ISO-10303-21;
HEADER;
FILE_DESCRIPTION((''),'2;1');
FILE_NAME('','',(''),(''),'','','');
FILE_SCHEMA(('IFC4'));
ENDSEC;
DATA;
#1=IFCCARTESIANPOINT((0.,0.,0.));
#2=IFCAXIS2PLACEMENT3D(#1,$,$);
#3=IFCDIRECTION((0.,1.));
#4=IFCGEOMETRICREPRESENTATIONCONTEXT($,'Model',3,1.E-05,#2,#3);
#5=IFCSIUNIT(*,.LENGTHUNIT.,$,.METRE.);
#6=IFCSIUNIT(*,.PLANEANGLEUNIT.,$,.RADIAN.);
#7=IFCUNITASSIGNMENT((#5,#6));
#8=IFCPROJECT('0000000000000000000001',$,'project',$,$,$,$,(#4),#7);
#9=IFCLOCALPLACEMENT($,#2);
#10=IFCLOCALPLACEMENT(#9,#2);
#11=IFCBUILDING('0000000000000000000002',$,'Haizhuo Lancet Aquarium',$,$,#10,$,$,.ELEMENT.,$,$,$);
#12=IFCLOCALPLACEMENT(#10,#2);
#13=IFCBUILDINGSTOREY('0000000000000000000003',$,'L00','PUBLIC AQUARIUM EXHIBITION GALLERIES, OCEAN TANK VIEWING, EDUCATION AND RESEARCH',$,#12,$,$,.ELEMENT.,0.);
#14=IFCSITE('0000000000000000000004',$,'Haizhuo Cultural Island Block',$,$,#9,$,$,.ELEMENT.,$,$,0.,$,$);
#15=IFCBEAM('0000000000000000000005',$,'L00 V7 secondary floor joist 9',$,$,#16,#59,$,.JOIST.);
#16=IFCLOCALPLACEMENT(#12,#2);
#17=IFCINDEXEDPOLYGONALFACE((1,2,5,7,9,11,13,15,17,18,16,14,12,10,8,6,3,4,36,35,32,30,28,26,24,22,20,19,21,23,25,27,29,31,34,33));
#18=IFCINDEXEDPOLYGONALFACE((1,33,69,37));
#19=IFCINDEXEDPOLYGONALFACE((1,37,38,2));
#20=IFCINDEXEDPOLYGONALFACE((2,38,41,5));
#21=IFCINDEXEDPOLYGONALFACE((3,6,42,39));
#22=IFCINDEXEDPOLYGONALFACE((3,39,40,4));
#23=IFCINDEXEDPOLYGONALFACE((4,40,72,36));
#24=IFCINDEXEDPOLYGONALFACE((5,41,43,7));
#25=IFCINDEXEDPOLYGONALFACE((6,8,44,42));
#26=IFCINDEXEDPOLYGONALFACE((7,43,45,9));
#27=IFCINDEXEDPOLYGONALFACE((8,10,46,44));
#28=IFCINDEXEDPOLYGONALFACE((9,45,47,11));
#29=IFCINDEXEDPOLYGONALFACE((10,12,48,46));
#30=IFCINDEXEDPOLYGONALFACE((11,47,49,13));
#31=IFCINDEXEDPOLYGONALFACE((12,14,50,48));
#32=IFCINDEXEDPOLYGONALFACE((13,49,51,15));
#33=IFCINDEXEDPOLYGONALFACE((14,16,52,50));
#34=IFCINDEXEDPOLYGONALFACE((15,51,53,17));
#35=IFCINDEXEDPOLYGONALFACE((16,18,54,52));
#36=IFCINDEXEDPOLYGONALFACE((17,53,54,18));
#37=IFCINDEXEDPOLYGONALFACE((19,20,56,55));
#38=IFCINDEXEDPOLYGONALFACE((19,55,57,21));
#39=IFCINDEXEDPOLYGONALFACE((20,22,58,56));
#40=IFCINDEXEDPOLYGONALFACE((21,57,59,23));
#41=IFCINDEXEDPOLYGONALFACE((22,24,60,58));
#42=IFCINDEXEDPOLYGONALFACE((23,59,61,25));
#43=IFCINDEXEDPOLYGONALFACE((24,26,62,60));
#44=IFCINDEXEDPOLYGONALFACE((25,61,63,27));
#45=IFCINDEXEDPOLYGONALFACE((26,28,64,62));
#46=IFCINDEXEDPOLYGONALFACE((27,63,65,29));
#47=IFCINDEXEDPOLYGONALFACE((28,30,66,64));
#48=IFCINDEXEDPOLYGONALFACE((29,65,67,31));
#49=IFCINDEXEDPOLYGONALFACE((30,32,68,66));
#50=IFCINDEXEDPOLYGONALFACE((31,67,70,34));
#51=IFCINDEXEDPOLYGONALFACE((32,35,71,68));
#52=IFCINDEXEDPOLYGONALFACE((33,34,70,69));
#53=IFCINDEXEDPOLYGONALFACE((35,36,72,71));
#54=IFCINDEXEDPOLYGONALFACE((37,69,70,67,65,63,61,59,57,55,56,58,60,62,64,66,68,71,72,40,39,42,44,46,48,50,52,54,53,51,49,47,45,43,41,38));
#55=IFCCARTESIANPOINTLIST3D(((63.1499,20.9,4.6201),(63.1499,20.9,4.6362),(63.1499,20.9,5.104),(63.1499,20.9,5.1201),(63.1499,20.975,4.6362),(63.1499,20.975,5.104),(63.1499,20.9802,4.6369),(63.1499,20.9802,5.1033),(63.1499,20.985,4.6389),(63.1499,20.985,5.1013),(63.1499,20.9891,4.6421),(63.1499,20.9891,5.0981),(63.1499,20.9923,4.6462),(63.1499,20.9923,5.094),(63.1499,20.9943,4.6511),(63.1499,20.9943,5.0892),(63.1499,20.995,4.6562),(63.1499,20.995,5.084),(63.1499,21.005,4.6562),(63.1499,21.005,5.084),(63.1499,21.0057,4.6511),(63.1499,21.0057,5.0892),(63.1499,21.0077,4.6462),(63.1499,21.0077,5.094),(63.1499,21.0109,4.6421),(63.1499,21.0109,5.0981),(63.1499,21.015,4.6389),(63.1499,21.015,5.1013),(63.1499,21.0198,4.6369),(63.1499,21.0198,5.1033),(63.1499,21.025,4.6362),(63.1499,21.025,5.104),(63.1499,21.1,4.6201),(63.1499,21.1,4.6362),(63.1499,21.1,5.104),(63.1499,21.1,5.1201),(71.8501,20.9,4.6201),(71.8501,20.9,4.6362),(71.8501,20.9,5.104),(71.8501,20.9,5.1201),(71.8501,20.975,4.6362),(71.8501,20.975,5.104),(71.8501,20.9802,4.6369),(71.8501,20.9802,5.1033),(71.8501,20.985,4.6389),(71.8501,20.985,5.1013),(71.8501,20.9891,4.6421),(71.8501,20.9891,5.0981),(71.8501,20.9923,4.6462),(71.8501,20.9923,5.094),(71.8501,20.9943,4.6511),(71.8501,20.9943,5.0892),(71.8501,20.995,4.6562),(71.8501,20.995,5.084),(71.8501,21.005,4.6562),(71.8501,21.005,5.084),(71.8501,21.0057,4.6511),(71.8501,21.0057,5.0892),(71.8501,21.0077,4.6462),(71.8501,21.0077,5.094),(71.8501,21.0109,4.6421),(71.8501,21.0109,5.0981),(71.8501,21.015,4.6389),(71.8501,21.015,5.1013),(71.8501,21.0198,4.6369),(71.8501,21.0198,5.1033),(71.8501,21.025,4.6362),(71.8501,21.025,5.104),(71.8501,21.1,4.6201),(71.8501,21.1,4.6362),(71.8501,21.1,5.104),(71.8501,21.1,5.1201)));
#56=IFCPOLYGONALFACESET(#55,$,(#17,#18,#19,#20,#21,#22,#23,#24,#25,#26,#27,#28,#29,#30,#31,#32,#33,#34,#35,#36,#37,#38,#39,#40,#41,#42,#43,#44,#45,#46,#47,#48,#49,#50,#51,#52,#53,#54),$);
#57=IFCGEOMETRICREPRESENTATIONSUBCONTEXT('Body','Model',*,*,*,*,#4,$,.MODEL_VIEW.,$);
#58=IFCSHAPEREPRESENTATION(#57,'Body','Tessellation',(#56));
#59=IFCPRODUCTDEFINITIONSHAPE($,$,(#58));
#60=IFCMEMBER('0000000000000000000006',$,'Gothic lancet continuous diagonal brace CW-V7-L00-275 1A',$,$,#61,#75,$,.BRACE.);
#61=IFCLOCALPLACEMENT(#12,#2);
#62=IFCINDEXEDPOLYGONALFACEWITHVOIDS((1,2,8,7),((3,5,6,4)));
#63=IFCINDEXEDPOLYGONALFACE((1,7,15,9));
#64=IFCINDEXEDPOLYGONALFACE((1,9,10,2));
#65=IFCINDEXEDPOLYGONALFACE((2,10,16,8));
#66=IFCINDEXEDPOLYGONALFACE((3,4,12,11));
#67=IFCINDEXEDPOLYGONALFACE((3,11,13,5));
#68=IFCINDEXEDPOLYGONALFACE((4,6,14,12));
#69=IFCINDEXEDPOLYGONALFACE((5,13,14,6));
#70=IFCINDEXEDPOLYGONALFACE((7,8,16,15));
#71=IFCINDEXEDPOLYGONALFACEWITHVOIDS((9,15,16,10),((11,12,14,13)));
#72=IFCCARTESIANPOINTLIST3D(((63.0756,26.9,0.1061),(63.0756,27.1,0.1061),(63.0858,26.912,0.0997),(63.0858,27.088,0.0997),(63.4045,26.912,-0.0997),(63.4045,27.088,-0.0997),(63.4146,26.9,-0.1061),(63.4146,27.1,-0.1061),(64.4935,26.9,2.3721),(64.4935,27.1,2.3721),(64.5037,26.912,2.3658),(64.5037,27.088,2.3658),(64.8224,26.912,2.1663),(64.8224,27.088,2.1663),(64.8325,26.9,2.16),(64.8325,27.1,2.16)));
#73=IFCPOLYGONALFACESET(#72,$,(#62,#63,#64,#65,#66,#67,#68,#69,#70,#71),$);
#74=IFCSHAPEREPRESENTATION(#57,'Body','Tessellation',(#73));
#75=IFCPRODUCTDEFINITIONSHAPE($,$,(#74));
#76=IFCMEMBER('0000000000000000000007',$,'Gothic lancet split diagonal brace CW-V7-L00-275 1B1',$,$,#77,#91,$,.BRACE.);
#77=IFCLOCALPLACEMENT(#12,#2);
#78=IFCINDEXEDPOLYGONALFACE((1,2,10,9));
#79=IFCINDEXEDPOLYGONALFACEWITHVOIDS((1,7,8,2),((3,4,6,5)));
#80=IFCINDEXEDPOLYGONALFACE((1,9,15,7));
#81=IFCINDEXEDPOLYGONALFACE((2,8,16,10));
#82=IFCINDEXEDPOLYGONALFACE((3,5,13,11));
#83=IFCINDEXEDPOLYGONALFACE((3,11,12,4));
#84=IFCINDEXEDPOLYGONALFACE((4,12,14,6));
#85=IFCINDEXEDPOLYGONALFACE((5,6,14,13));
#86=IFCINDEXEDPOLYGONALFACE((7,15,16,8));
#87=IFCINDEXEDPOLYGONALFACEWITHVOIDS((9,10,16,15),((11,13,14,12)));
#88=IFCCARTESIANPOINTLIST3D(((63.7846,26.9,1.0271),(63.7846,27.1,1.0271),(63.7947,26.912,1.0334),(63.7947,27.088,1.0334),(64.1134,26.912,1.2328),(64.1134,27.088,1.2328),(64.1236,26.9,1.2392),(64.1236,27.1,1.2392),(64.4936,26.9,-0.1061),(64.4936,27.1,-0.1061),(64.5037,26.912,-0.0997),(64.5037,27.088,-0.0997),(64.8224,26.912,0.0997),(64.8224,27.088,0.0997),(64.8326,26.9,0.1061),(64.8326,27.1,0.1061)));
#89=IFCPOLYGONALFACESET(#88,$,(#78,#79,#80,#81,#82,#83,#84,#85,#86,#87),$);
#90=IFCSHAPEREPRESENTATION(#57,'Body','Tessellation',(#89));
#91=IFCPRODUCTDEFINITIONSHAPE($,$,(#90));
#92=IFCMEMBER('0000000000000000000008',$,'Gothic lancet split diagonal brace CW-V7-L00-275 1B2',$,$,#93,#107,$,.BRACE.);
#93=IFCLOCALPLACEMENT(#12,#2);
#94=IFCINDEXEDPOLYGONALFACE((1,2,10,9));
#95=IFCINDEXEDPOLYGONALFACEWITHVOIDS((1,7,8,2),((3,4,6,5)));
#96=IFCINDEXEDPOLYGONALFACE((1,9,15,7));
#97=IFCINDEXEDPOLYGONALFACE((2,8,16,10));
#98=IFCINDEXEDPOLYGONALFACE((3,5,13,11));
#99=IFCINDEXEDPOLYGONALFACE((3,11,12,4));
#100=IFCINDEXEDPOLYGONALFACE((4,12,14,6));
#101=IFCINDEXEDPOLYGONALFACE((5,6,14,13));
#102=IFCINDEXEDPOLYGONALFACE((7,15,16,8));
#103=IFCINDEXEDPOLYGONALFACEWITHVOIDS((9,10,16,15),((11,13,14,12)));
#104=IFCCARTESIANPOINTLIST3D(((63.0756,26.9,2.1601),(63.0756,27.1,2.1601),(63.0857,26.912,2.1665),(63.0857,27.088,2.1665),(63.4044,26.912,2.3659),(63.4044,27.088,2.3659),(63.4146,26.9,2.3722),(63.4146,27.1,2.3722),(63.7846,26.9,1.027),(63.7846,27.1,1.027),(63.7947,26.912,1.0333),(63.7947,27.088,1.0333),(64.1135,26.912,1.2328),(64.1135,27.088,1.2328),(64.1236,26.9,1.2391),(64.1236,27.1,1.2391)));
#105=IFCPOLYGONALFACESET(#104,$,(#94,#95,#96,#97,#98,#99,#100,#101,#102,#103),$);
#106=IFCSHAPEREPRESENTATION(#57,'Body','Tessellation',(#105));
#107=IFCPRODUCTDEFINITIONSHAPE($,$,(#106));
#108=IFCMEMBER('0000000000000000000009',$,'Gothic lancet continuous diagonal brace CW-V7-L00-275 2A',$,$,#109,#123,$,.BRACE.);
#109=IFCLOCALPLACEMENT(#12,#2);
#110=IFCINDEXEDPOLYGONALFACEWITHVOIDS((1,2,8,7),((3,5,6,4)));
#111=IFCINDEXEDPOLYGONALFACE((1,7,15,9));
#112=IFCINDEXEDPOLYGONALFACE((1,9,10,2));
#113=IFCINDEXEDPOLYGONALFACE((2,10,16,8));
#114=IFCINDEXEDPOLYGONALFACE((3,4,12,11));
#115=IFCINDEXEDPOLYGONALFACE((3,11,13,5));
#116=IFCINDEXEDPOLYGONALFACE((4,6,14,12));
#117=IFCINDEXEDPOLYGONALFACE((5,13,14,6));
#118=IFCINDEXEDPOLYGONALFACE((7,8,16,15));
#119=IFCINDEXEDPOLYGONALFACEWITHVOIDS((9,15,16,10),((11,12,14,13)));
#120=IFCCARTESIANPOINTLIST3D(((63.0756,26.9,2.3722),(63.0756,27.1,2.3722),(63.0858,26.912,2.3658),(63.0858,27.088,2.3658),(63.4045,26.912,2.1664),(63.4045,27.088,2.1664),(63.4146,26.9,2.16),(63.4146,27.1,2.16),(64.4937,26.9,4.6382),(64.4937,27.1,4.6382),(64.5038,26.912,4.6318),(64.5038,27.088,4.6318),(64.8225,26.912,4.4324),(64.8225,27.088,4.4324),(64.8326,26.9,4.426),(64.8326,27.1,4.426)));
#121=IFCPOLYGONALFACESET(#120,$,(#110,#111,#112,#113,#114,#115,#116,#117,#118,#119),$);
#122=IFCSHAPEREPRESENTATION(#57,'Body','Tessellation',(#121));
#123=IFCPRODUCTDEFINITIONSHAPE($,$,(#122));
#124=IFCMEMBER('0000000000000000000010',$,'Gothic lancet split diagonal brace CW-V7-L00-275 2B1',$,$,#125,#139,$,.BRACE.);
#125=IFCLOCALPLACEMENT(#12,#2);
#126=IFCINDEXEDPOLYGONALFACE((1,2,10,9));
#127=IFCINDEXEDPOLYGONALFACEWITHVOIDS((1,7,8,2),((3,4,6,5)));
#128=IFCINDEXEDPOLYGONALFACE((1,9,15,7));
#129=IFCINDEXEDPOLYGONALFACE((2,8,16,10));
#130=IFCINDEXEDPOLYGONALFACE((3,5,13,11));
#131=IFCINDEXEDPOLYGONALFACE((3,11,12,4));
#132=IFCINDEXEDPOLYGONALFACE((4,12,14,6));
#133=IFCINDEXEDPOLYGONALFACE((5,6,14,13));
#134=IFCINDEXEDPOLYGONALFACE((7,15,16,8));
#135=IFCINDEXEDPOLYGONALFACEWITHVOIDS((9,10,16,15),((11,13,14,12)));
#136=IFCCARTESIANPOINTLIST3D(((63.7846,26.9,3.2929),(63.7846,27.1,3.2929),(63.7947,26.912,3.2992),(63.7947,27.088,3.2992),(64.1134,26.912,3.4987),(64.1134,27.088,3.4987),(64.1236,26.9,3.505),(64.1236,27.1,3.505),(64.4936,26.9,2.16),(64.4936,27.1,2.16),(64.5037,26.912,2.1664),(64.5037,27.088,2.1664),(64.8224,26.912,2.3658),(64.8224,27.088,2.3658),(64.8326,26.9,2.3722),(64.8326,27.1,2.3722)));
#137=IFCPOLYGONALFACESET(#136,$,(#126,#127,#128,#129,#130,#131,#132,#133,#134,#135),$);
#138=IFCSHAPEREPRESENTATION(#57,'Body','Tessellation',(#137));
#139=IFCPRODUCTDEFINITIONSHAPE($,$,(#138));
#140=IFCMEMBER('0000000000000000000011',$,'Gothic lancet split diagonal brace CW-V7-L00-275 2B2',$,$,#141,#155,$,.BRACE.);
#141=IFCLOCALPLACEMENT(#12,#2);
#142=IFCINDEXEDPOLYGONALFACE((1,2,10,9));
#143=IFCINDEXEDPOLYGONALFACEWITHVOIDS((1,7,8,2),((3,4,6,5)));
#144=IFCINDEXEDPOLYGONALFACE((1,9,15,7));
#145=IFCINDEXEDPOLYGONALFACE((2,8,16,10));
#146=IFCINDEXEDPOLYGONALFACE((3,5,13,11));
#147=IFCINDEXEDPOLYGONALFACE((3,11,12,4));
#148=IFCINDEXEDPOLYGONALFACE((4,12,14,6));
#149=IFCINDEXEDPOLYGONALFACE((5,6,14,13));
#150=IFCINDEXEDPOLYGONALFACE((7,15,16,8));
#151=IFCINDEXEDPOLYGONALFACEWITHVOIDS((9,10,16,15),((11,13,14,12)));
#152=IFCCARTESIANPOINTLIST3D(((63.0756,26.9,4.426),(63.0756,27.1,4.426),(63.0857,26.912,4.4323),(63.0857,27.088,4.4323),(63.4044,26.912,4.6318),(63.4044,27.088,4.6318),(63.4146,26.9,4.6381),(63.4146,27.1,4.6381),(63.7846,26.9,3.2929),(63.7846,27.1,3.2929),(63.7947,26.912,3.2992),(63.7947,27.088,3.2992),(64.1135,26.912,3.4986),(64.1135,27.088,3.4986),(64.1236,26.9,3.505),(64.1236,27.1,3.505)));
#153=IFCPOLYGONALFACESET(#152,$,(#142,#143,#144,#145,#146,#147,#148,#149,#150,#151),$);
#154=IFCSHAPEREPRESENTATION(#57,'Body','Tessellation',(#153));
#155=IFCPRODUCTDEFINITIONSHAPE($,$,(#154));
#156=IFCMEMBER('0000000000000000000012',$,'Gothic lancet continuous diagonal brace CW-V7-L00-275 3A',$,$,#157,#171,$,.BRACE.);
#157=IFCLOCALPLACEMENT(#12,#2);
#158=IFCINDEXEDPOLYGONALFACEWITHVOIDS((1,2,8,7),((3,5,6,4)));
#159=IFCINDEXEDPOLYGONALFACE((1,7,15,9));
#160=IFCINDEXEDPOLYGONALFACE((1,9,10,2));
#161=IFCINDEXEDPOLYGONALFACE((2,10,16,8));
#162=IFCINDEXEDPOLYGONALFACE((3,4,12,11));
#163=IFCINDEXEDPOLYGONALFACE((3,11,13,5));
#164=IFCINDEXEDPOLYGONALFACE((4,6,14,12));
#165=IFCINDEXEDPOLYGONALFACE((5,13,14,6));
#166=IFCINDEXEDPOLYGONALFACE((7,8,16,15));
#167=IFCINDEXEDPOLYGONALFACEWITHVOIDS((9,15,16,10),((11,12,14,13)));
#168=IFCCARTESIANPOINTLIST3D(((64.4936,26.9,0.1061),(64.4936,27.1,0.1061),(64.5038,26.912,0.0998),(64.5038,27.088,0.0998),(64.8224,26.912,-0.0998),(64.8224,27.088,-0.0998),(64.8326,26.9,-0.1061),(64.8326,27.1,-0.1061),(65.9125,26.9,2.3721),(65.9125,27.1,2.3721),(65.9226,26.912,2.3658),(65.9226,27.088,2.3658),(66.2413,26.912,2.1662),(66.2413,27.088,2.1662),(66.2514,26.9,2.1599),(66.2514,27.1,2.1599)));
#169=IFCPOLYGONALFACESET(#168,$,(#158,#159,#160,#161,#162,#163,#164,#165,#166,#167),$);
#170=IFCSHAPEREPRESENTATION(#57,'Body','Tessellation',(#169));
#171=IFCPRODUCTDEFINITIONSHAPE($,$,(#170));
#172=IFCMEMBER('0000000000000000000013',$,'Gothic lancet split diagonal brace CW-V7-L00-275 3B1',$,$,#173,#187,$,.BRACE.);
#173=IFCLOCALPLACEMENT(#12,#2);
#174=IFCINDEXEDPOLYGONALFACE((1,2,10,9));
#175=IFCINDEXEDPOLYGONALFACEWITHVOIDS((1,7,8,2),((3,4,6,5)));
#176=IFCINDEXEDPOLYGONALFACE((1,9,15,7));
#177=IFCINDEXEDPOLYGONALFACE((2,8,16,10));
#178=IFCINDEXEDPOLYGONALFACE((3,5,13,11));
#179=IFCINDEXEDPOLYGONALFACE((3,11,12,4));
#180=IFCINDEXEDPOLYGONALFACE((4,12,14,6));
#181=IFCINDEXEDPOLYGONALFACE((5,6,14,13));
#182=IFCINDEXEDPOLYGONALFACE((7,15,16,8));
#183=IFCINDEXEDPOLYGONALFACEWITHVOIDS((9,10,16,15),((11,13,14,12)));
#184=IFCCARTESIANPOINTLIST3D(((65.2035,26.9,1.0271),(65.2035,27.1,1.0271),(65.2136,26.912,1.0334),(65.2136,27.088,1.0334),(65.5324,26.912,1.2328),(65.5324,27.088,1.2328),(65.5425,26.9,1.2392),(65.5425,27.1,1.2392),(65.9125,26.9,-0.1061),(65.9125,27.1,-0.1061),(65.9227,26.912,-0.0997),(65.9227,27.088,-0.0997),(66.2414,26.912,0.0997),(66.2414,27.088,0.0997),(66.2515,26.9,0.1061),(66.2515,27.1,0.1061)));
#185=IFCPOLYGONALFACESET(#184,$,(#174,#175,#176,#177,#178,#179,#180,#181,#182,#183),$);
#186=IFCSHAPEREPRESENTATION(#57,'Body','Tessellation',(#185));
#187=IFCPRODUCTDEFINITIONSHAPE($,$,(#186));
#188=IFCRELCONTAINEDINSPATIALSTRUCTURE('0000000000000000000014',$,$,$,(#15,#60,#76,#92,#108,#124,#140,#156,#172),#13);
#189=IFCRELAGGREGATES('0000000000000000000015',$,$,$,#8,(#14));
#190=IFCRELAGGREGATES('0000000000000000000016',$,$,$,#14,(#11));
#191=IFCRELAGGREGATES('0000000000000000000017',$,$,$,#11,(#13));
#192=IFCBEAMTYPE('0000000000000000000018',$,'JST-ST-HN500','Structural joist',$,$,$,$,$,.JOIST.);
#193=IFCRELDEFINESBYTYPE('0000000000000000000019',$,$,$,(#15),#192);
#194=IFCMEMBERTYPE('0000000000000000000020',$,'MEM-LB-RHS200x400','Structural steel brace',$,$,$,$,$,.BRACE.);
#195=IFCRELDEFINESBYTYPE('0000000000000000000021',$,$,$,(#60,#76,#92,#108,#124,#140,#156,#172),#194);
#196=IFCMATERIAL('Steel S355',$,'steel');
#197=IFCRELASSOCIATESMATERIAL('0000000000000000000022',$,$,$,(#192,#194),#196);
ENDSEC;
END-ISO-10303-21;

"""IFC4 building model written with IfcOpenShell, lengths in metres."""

from ifc_helpers import new_model, si_unit, direction, frame, origin, origin_2d, place, context, subcontext, project, spatial, hollow_rectangle, i_section, extrude, material, material_profile, profile_set, type_object, element, save


model = new_model("IFC4")

# Units and contexts
model_context = context("Model", 3, precision=1e-05, world=origin(), true_north=direction((0.0, 1.0)))
body_context = subcontext(model_context, "Body", "Model", "MODEL_VIEW")
ifc_project = project(units=[si_unit("LENGTHUNIT", "METRE"), si_unit("PLANEANGLEUNIT", "RADIAN")], contexts=[model_context])

# Site, building, storey
site_placement = place(None, origin())
site = spatial("IfcSite", under=ifc_project, at=site_placement, Name="Haizhuo Cultural Island Block", CompositionType="ELEMENT", RefElevation=0.0)
building_placement = place(site_placement, origin())
building = spatial("IfcBuilding", under=site, at=building_placement, Name="Haizhuo Lancet Aquarium", CompositionType="ELEMENT")
storey_placement = place(building_placement, origin())
storey = spatial("IfcBuildingStorey", under=building, at=storey_placement, Name="L00", Description="PUBLIC AQUARIUM EXHIBITION GALLERIES, OCEAN TANK VIEWING, EDUCATION AND RESEARCH", CompositionType="ELEMENT", Elevation=0.0)

# Shared definitions
ifc_material_1 = material(Name="Steel S355", Category="steel")

# Beam
ifc_material_profile_1 = material_profile(ifc_material_1, i_section(OverallWidth=0.2, OverallDepth=0.5, WebThickness=0.01, FlangeThickness=0.0161, FilletRadius=0.02, at=origin_2d()), Name="HN 500x200x10x16")
ifc_profile_set_1 = profile_set([ifc_material_profile_1], Name="Steel S355")
beam_type_1 = type_object("IfcBeamType", Name="JST-ST-HN500", Description="Structural joist", PredefinedType="JOIST", material=ifc_profile_set_1)
beam_1_placement = place(storey_placement, frame((63.1499, 21.0, 4.8701), z_axis=(1.0, 0.0, 0.0), x_axis=(0.0, 1.0, 0.0)))
element("IfcBeam", 1, at=beam_1_placement, inside=storey, type_object=beam_type_1, Name="L00 V7 secondary floor joist 9", PredefinedType="JOIST", context=body_context, shape_type="SweptSolid", body=[
    extrude(i_section(OverallWidth=0.2, OverallDepth=0.5, WebThickness=0.01, FlangeThickness=0.0161, FilletRadius=0.02, at=origin_2d()), origin(), (0.0, 0.0, 1.0), 8.7002),
])

# Members
ifc_material_profile_2 = material_profile(ifc_material_1, hollow_rectangle(XDim=0.2, YDim=0.3999, WallThickness=0.012, at=origin_2d()), Name="RHS 200x400x12")
ifc_profile_set_2 = profile_set([ifc_material_profile_2], Name="Steel S355")
member_type_1 = type_object("IfcMemberType", Name="MEM-LB-RHS200x400", Description="Structural steel brace", PredefinedType="BRACE", material=ifc_profile_set_2)
member_1_placement = place(storey_placement, frame((63.2451, 27.0, 0.0), z_axis=(0.530442, 0.0, 0.847721), x_axis=(0.0, 1.0, 0.0)))
element("IfcMember", 2, at=member_1_placement, inside=storey, type_object=member_type_1, Name="Gothic lancet continuous diagonal brace CW-V7-L00-275 1A", PredefinedType="BRACE", context=body_context, shape_type="SweptSolid", body=[
    extrude(hollow_rectangle(XDim=0.2, YDim=0.3999, WallThickness=0.012, at=origin_2d()), origin(), (0.0, 0.0, 1.0), 2.6731),
])
for number, where, z_axis, x_axis, name in (
    (3, (64.6631, 27.0, 0.0), (-0.530442, 0.0, 0.847721), (0.0, -1.0, 0.0), "Gothic lancet split diagonal brace CW-V7-L00-275 1B1"),
    (4, (63.9541, 27.0, 1.1331), (-0.530442, 0.0, 0.847721), (0.0, -1.0, 0.0), "Gothic lancet split diagonal brace CW-V7-L00-275 1B2"),
):
    element("IfcMember", number, at=place(storey_placement, frame(where, z_axis=z_axis, x_axis=x_axis)), inside=storey, type_object=member_type_1, Name=name, PredefinedType="BRACE", context=body_context, shape_type="SweptSolid", body=[
        extrude(hollow_rectangle(XDim=0.2, YDim=0.3999, WallThickness=0.012, at=origin_2d()), origin(), (0.0, 0.0, 1.0), 1.3367),
    ])
member_2_placement = place(storey_placement, frame((63.2451, 27.0, 2.2661), z_axis=(0.530483, 0.0, 0.847695), x_axis=(0.0, 1.0, 0.0)))
element("IfcMember", 5, at=member_2_placement, inside=storey, type_object=member_type_1, Name="Gothic lancet continuous diagonal brace CW-V7-L00-275 2A", PredefinedType="BRACE", context=body_context, shape_type="SweptSolid", body=[
    extrude(hollow_rectangle(XDim=0.2, YDim=0.3999, WallThickness=0.012, at=origin_2d()), origin(), (0.0, 0.0, 1.0), 2.6731),
])
member_3_placement = place(storey_placement, frame((64.6631, 27.0, 2.2661), z_axis=(-0.530524, 0.0, 0.84767), x_axis=(0.0, -1.0, 0.0)))
element("IfcMember", 6, at=member_3_placement, inside=storey, type_object=member_type_1, Name="Gothic lancet split diagonal brace CW-V7-L00-275 2B1", PredefinedType="BRACE", context=body_context, shape_type="SweptSolid", body=[
    extrude(hollow_rectangle(XDim=0.2, YDim=0.3999, WallThickness=0.012, at=origin_2d()), origin(), (0.0, 0.0, 1.0), 1.3364),
])
member_4_placement = place(storey_placement, frame((63.9541, 27.0, 3.3989), z_axis=(-0.530442, 0.0, 0.847721), x_axis=(0.0, -1.0, 0.0)))
element("IfcMember", 7, at=member_4_placement, inside=storey, type_object=member_type_1, Name="Gothic lancet split diagonal brace CW-V7-L00-275 2B2", PredefinedType="BRACE", context=body_context, shape_type="SweptSolid", body=[
    extrude(hollow_rectangle(XDim=0.2, YDim=0.3999, WallThickness=0.012, at=origin_2d()), origin(), (0.0, 0.0, 1.0), 1.3367),
])
member_5_placement = place(storey_placement, frame((64.6631, 27.0, 0.0), z_axis=(0.530705, 0.0, 0.847557), x_axis=(0.0, 1.0, 0.0)))
element("IfcMember", 8, at=member_5_placement, inside=storey, type_object=member_type_1, Name="Gothic lancet continuous diagonal brace CW-V7-L00-275 3A", PredefinedType="BRACE", context=body_context, shape_type="SweptSolid", body=[
    extrude(hollow_rectangle(XDim=0.2, YDim=0.3999, WallThickness=0.012, at=origin_2d()), origin(), (0.0, 0.0, 1.0), 2.6736),
])
member_6_placement = place(storey_placement, frame((66.082, 27.0, 0.0), z_axis=(-0.530442, 0.0, 0.847721), x_axis=(0.0, -1.0, 0.0)))
element("IfcMember", 9, at=member_6_placement, inside=storey, type_object=member_type_1, Name="Gothic lancet split diagonal brace CW-V7-L00-275 3B1", PredefinedType="BRACE", context=body_context, shape_type="SweptSolid", body=[
    extrude(hollow_rectangle(XDim=0.2, YDim=0.3999, WallThickness=0.012, at=origin_2d()), origin(), (0.0, 0.0, 1.0), 1.3367),
])

save(model, "model.ifc")
